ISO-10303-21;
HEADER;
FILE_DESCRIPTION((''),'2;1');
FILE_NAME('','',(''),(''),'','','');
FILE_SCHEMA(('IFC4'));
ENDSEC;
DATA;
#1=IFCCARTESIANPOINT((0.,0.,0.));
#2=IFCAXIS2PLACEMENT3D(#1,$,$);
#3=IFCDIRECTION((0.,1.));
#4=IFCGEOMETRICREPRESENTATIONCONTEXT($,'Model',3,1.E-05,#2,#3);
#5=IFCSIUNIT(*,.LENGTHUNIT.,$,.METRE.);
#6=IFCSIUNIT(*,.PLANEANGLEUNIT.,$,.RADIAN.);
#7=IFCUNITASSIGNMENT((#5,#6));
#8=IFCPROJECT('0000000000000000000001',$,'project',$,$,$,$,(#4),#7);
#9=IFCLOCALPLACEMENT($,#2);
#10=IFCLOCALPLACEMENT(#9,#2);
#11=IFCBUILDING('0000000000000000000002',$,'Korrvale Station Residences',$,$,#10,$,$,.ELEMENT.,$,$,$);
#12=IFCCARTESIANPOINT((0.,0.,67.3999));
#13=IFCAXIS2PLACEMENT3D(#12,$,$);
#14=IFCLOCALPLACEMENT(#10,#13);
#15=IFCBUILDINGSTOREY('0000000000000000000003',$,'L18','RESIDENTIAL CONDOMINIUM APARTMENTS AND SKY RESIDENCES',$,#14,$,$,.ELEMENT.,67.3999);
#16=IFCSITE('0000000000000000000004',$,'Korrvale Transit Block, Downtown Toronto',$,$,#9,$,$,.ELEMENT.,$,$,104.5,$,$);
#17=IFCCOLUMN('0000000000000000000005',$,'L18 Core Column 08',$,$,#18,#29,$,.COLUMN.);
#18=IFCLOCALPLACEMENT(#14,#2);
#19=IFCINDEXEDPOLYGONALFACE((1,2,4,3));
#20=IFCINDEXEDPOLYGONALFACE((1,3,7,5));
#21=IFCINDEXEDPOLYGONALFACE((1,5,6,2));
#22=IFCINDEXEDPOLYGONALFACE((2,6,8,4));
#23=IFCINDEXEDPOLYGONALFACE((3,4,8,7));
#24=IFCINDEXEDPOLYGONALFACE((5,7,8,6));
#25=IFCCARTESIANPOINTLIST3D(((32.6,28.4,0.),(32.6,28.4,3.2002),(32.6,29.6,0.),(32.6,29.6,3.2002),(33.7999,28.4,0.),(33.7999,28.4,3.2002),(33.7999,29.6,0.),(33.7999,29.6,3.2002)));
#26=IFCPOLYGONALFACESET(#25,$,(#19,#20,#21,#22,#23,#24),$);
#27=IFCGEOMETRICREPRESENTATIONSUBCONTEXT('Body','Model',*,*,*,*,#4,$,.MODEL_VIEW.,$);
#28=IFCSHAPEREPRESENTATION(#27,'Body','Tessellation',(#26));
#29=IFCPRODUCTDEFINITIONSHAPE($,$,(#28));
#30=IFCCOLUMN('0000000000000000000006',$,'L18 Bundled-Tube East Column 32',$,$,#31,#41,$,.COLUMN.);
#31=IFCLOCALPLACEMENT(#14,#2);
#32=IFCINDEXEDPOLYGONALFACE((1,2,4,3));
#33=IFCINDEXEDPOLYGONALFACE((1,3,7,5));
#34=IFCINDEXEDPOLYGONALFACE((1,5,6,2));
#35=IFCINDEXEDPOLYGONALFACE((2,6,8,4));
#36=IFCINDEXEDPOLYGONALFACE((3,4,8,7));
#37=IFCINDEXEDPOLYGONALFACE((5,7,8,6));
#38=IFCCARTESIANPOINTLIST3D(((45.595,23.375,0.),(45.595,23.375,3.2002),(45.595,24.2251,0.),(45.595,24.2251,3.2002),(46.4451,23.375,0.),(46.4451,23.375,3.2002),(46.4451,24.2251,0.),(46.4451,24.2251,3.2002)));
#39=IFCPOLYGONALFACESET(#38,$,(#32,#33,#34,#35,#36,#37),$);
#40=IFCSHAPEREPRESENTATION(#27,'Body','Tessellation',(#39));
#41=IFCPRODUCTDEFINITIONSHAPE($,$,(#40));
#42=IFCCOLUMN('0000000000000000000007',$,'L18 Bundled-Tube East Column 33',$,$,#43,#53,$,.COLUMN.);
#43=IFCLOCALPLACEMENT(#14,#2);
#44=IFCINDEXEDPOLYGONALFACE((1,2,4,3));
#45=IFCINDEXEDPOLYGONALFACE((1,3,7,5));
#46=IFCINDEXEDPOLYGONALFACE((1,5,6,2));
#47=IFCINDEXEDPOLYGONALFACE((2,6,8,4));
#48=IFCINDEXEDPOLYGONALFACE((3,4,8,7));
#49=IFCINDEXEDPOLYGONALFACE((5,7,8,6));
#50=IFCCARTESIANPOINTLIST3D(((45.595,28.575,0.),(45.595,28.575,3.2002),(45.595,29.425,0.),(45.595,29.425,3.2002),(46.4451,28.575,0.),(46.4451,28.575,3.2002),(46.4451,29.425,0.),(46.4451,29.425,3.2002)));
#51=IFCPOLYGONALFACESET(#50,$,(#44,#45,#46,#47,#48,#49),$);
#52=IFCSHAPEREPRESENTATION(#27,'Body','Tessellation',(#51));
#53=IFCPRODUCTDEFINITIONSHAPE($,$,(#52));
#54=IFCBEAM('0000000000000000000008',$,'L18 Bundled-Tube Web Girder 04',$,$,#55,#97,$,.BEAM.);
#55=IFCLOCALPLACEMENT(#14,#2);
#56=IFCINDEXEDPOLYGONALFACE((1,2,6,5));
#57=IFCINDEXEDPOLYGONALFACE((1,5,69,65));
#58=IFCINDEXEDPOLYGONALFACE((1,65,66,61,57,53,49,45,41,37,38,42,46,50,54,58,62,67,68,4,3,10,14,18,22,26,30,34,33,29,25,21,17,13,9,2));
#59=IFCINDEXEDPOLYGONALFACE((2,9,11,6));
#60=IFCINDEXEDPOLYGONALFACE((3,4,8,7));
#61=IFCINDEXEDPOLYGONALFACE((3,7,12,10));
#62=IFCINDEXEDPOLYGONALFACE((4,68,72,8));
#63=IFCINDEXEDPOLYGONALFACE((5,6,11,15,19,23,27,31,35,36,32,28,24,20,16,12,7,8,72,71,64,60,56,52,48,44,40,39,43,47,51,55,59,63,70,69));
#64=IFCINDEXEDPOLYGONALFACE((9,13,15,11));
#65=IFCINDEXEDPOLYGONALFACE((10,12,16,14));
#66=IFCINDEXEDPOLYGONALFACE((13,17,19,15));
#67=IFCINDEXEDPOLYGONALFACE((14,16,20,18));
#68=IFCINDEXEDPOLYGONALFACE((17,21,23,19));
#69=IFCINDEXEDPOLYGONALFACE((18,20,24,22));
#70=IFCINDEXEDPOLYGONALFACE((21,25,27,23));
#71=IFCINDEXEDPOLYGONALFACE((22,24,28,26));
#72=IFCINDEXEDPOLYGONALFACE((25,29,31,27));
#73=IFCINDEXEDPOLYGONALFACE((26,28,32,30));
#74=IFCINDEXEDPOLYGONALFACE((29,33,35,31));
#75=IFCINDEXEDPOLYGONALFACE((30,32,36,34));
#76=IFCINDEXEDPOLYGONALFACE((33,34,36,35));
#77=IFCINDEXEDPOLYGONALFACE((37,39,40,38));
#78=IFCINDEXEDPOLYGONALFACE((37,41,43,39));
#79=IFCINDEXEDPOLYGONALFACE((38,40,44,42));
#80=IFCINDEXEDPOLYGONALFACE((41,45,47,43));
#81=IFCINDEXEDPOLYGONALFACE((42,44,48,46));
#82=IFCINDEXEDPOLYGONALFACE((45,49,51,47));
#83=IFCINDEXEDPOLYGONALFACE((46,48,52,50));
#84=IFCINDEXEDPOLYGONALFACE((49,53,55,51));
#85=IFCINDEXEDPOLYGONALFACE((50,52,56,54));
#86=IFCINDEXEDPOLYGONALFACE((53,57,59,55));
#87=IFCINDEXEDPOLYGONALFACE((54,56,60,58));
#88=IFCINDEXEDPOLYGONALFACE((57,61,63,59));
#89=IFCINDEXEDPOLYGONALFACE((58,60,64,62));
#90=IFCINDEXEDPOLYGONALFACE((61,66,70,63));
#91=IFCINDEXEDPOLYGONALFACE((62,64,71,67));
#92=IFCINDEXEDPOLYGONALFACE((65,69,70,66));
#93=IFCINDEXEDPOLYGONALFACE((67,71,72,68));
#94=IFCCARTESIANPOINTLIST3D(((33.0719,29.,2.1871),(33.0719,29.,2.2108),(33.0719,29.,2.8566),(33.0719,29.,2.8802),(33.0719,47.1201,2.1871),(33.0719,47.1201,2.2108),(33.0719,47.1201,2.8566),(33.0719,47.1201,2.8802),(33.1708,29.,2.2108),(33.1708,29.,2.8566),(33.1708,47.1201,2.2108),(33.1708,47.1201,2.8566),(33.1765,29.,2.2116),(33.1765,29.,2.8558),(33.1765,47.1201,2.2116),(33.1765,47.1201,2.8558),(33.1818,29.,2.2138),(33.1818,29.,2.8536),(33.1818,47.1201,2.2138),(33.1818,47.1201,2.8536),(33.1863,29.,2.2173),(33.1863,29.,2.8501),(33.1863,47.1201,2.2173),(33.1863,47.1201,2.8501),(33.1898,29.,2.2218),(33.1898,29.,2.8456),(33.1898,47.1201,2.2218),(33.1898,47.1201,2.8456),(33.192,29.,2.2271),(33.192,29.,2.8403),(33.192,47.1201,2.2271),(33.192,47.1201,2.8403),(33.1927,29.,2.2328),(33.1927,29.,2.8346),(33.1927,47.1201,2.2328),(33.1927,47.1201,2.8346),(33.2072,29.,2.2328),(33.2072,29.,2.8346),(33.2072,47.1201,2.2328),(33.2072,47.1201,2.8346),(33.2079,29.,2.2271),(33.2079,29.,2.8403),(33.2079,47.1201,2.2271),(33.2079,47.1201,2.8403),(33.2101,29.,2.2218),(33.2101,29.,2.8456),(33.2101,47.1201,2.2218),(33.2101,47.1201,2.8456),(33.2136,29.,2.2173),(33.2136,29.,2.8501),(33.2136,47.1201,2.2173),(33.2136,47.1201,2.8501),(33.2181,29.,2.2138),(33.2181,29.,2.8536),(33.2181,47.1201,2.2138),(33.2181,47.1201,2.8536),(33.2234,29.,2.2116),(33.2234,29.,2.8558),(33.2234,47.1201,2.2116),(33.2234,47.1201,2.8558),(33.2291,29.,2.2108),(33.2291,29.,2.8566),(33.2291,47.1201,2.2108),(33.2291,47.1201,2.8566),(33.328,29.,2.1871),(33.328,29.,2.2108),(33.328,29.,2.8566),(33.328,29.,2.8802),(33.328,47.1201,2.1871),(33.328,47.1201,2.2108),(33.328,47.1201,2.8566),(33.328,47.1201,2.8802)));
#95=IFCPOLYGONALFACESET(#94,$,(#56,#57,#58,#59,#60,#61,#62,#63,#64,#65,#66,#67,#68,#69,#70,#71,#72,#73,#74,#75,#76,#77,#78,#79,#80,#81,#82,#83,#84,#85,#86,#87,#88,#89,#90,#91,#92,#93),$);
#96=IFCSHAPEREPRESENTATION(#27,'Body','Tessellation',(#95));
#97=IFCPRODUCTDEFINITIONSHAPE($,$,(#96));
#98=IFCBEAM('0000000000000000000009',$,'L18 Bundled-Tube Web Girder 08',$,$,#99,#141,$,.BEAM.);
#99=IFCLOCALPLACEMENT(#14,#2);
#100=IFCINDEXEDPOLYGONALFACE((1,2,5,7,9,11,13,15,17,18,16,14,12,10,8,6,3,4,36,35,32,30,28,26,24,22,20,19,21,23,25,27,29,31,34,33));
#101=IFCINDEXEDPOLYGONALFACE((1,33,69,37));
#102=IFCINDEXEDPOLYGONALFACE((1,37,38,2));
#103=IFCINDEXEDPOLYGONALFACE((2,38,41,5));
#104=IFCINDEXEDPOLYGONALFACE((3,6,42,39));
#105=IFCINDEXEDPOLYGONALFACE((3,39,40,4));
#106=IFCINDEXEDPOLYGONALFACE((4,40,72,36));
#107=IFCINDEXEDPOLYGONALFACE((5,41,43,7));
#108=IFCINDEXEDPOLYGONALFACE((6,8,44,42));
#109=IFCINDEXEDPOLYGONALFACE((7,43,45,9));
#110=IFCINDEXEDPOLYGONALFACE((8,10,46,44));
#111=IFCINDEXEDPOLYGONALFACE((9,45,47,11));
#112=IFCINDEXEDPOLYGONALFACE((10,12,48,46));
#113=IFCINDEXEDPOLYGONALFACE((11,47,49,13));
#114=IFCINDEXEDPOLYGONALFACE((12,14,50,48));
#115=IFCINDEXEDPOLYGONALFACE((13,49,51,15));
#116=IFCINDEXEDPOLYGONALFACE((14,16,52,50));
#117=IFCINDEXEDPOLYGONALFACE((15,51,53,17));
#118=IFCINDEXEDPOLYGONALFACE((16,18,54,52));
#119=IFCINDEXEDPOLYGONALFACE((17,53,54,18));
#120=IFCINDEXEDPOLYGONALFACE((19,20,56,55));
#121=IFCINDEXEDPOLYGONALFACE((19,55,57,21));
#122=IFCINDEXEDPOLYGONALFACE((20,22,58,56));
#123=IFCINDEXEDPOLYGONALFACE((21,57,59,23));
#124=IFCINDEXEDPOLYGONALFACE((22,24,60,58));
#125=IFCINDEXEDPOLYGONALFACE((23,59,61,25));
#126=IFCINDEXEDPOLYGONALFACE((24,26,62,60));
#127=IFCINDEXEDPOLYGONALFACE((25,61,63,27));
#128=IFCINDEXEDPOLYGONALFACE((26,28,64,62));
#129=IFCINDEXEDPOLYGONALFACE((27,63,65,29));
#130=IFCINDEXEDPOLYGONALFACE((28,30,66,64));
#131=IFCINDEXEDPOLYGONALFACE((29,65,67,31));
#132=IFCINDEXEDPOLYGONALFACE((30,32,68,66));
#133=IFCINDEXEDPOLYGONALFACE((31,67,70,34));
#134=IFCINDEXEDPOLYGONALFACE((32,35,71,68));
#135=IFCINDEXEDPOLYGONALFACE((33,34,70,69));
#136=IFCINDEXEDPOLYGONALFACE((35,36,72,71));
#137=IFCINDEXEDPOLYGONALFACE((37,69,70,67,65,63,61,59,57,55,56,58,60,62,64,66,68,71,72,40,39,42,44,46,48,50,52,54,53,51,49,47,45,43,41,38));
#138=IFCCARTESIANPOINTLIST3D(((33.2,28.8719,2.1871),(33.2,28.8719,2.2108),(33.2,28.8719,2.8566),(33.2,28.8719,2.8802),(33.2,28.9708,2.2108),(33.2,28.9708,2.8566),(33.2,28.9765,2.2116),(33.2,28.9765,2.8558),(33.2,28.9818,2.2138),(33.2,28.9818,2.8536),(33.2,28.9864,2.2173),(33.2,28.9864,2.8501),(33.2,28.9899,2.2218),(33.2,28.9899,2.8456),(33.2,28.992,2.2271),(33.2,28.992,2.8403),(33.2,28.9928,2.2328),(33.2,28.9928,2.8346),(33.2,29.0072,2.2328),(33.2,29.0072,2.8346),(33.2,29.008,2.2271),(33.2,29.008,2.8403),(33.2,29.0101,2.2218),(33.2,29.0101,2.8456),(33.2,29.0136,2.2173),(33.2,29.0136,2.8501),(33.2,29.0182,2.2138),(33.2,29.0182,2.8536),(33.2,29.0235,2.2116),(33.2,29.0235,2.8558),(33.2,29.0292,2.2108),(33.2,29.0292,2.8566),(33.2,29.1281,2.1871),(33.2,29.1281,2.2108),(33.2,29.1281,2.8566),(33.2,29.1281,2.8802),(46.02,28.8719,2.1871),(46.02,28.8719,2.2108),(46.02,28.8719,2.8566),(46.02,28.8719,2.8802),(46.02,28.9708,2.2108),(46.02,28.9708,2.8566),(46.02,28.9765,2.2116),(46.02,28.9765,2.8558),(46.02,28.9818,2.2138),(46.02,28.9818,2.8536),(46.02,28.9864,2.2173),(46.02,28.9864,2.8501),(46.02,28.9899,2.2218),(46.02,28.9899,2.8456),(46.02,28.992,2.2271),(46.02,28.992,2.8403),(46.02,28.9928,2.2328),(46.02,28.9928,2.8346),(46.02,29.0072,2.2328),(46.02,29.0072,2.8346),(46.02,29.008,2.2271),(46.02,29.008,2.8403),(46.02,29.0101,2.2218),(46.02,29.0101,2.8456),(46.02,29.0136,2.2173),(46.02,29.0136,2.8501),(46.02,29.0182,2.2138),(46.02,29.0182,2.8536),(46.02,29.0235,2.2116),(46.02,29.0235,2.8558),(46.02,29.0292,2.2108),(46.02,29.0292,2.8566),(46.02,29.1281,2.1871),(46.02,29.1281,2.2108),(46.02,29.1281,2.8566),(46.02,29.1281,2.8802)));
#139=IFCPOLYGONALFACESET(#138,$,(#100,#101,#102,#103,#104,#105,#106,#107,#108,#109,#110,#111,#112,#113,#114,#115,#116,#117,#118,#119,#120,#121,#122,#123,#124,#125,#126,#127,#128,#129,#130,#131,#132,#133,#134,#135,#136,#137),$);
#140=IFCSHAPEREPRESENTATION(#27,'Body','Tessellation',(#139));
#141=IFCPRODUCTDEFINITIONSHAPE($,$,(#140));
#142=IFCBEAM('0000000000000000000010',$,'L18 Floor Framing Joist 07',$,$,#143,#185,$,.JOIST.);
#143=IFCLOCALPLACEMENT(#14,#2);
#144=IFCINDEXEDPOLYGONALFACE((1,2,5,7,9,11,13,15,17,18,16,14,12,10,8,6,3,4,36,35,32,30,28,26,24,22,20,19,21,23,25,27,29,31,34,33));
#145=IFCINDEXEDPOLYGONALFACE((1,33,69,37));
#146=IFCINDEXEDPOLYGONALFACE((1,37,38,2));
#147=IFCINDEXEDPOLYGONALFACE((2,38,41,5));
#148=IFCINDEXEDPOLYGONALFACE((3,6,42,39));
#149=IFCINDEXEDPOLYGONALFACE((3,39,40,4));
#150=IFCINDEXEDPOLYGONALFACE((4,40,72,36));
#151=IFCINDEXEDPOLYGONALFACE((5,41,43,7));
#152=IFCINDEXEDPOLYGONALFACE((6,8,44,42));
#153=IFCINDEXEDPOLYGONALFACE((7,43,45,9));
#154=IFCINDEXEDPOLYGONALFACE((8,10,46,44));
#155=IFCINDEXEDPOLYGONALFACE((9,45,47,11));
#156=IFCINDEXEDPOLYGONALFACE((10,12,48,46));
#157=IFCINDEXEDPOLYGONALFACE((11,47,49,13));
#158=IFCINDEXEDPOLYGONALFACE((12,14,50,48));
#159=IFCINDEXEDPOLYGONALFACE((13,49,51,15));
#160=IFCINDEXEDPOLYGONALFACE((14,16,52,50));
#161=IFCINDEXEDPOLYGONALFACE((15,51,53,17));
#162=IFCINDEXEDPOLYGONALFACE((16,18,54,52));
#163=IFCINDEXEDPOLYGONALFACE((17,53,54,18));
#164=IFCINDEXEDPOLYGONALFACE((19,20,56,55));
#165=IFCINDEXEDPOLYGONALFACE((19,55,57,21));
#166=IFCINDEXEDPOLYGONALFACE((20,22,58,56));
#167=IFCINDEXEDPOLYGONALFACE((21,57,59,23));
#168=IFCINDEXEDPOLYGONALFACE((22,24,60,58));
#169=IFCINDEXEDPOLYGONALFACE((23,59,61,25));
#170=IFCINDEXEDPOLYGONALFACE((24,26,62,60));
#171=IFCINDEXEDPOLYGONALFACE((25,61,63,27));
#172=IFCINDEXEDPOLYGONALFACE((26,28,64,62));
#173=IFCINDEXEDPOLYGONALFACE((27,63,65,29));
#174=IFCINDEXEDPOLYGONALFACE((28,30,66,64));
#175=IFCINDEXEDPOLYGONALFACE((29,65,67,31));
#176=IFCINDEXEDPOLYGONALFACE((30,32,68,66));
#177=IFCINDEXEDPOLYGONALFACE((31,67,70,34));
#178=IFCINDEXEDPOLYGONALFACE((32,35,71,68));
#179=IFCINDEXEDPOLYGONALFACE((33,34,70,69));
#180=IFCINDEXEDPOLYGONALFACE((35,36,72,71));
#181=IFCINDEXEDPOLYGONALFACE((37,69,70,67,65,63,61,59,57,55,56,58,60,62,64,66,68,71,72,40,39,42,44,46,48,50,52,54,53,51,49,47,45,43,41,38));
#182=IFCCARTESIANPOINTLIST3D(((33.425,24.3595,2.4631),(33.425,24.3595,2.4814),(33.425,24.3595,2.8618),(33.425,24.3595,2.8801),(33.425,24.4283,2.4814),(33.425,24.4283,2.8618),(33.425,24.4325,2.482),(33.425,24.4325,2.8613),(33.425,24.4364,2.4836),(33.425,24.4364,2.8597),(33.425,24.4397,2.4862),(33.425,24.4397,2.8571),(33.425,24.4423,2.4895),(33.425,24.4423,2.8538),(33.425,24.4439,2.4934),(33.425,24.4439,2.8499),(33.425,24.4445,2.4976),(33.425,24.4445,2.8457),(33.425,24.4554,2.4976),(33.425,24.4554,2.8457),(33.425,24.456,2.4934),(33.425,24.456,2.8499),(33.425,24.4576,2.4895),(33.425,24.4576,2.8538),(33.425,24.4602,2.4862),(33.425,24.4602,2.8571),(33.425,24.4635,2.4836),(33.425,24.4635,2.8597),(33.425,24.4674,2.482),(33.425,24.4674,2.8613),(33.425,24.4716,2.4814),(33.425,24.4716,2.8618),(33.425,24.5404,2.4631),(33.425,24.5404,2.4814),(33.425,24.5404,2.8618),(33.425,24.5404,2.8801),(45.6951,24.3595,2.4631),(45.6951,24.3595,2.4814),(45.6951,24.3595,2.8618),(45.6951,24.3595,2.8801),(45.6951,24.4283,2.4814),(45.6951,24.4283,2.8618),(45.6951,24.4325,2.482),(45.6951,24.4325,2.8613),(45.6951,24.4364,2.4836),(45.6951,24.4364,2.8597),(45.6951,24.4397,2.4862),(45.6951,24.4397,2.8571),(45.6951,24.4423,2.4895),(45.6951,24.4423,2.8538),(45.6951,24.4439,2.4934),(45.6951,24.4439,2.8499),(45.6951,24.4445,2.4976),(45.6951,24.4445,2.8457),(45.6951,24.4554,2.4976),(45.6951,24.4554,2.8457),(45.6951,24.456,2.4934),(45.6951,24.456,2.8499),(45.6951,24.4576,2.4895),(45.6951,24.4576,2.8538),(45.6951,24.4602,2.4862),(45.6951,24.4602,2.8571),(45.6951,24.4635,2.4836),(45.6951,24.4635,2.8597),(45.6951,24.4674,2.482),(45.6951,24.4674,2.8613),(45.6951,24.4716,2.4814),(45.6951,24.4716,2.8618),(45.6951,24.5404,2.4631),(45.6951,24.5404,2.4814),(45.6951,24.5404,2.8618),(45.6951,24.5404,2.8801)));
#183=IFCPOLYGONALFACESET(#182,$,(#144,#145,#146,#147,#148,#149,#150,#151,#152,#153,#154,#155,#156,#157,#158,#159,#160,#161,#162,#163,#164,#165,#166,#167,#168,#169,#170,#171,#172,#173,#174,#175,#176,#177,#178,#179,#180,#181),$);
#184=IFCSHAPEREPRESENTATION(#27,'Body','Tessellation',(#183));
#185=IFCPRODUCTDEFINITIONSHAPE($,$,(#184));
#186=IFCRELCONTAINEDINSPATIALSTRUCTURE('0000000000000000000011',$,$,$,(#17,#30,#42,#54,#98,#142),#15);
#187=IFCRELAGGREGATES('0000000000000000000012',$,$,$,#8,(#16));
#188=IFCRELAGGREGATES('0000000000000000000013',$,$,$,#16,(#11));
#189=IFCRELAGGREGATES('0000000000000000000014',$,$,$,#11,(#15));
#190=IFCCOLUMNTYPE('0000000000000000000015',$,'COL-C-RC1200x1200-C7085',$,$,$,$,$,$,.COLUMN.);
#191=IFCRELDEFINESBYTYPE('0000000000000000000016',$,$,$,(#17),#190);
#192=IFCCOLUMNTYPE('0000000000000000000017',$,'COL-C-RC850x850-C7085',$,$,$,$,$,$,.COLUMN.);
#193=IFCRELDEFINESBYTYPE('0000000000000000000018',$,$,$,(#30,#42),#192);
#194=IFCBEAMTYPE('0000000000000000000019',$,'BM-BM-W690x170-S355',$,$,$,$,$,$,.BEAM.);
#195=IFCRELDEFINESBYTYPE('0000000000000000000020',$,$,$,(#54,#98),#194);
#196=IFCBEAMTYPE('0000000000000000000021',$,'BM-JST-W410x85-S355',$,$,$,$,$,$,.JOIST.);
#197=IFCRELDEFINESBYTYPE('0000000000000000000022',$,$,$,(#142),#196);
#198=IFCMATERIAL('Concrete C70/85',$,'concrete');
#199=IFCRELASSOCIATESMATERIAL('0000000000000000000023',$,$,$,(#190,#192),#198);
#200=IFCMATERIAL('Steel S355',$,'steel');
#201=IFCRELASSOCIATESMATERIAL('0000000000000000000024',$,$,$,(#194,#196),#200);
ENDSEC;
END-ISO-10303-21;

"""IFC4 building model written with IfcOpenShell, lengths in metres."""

from ifc_helpers import new_model, si_unit, direction, frame, origin, origin_2d, place, context, subcontext, project, spatial, rectangle, i_section, extrude, material, material_profile, profile_set, type_object, element, save


model = new_model("IFC4")

# Units and contexts
model_context = context("Model", 3, precision=1e-05, world=origin(), true_north=direction((0.0, 1.0)))
body_context = subcontext(model_context, "Body", "Model", "MODEL_VIEW")
ifc_project = project(units=[si_unit("LENGTHUNIT", "METRE"), si_unit("PLANEANGLEUNIT", "RADIAN")], contexts=[model_context])

# Site, building, storey
site_placement = place(None, origin())
site = spatial("IfcSite", under=ifc_project, at=site_placement, Name="Korrvale Transit Block, Downtown Toronto", CompositionType="ELEMENT", RefElevation=104.5)
building_placement = place(site_placement, origin())
building = spatial("IfcBuilding", under=site, at=building_placement, Name="Korrvale Station Residences", CompositionType="ELEMENT")
storey_placement = place(building_placement, frame((0.0, 0.0, 67.3999)))
storey = spatial("IfcBuildingStorey", under=building, at=storey_placement, Name="L18", Description="RESIDENTIAL CONDOMINIUM APARTMENTS AND SKY RESIDENCES", CompositionType="ELEMENT", Elevation=67.3999)

# Columns
ifc_material_1 = material(Name="Concrete C70/85", Category="concrete")
ifc_material_profile_1 = material_profile(ifc_material_1, rectangle(XDim=1.2, YDim=1.2, at=origin_2d()), Name="RC1200x1200")
ifc_profile_set_1 = profile_set([ifc_material_profile_1], Name="Concrete C70/85")
column_type_1 = type_object("IfcColumnType", Name="COL-C-RC1200x1200-C7085", PredefinedType="COLUMN", material=ifc_profile_set_1)
column_placement = place(storey_placement, frame((33.2, 29.0, 0.0), z_axis=(0.0, 0.0, 1.0), x_axis=(1.0, 0.0, 0.0)))
element("IfcColumn", 1, at=column_placement, inside=storey, type_object=column_type_1, Name="L18 Core Column 08", PredefinedType="COLUMN", context=body_context, shape_type="SweptSolid", body=[
    extrude(rectangle(XDim=1.2, YDim=1.2, at=origin_2d()), origin(), (0.0, 0.0, 1.0), 3.2002),
])
ifc_material_profile_2 = material_profile(ifc_material_1, rectangle(XDim=0.8501, YDim=0.8501, at=origin_2d()), Name="RC850x850")
ifc_profile_set_2 = profile_set([ifc_material_profile_2], Name="Concrete C70/85")
column_type_2 = type_object("IfcColumnType", Name="COL-C-RC850x850-C7085", PredefinedType="COLUMN", material=ifc_profile_set_2)
for number, where, z_axis, x_axis, name in (
    (2, (46.02, 23.8, 0.0), (0.0, 0.0, 1.0), (1.0, 0.0, 0.0), "L18 Bundled-Tube East Column 32"),
    (3, (46.02, 29.0, 0.0), (0.0, 0.0, 1.0), (1.0, 0.0, 0.0), "L18 Bundled-Tube East Column 33"),
):
    element("IfcColumn", number, at=place(storey_placement, frame(where, z_axis=z_axis, x_axis=x_axis)), inside=storey, type_object=column_type_2, Name=name, PredefinedType="COLUMN", context=body_context, shape_type="SweptSolid", body=[
        extrude(rectangle(XDim=0.8501, YDim=0.8501, at=origin_2d()), origin(), (0.0, 0.0, 1.0), 3.2002),
    ])

# Beams
ifc_material_2 = material(Name="Steel S355", Category="steel")
ifc_material_profile_3 = material_profile(ifc_material_2, i_section(OverallWidth=0.2561, OverallDepth=0.6931, WebThickness=0.0144, FlangeThickness=0.0237, FilletRadius=0.022, at=origin_2d()), Name="W690x170")
ifc_profile_set_3 = profile_set([ifc_material_profile_3], Name="Steel S355")
beam_type_1 = type_object("IfcBeamType", Name="BM-BM-W690x170-S355", PredefinedType="BEAM", material=ifc_profile_set_3)
beam_1_placement = place(storey_placement, frame((33.2, 29.0, 2.5337), z_axis=(0.0, 1.0, 0.0), x_axis=(-1.0, 0.0, 0.0)))
element("IfcBeam", 4, at=beam_1_placement, inside=storey, type_object=beam_type_1, Name="L18 Bundled-Tube Web Girder 04", PredefinedType="BEAM", context=body_context, shape_type="SweptSolid", body=[
    extrude(i_section(OverallWidth=0.2561, OverallDepth=0.6931, WebThickness=0.0144, FlangeThickness=0.0237, FilletRadius=0.022, at=origin_2d()), origin(), (0.0, 0.0, 1.0), 18.1201),
])
beam_2_placement = place(storey_placement, frame((33.2, 29.0, 2.5337), z_axis=(1.0, 0.0, 0.0), x_axis=(0.0, 1.0, 0.0)))
element("IfcBeam", 5, at=beam_2_placement, inside=storey, type_object=beam_type_1, Name="L18 Bundled-Tube Web Girder 08", PredefinedType="BEAM", context=body_context, shape_type="SweptSolid", body=[
    extrude(i_section(OverallWidth=0.2561, OverallDepth=0.6931, WebThickness=0.0144, FlangeThickness=0.0237, FilletRadius=0.022, at=origin_2d()), origin(), (0.0, 0.0, 1.0), 12.8201),
])
ifc_material_profile_4 = material_profile(ifc_material_2, i_section(OverallWidth=0.1809, OverallDepth=0.417, WebThickness=0.011, FlangeThickness=0.0183, FilletRadius=0.0161, at=origin_2d()), Name="W410x85")
ifc_profile_set_4 = profile_set([ifc_material_profile_4], Name="Steel S355")
beam_type_2 = type_object("IfcBeamType", Name="BM-JST-W410x85-S355", PredefinedType="JOIST", material=ifc_profile_set_4)
beam_3_placement = place(storey_placement, frame((33.425, 24.45, 2.6716), z_axis=(1.0, 0.0, 0.0), x_axis=(0.0, 1.0, 0.0)))
element("IfcBeam", 6, at=beam_3_placement, inside=storey, type_object=beam_type_2, Name="L18 Floor Framing Joist 07", PredefinedType="JOIST", context=body_context, shape_type="SweptSolid", body=[
    extrude(i_section(OverallWidth=0.1809, OverallDepth=0.417, WebThickness=0.011, FlangeThickness=0.0183, FilletRadius=0.0161, at=origin_2d()), origin(), (0.0, 0.0, 1.0), 12.27),
])

save(model, "model.ifc")
